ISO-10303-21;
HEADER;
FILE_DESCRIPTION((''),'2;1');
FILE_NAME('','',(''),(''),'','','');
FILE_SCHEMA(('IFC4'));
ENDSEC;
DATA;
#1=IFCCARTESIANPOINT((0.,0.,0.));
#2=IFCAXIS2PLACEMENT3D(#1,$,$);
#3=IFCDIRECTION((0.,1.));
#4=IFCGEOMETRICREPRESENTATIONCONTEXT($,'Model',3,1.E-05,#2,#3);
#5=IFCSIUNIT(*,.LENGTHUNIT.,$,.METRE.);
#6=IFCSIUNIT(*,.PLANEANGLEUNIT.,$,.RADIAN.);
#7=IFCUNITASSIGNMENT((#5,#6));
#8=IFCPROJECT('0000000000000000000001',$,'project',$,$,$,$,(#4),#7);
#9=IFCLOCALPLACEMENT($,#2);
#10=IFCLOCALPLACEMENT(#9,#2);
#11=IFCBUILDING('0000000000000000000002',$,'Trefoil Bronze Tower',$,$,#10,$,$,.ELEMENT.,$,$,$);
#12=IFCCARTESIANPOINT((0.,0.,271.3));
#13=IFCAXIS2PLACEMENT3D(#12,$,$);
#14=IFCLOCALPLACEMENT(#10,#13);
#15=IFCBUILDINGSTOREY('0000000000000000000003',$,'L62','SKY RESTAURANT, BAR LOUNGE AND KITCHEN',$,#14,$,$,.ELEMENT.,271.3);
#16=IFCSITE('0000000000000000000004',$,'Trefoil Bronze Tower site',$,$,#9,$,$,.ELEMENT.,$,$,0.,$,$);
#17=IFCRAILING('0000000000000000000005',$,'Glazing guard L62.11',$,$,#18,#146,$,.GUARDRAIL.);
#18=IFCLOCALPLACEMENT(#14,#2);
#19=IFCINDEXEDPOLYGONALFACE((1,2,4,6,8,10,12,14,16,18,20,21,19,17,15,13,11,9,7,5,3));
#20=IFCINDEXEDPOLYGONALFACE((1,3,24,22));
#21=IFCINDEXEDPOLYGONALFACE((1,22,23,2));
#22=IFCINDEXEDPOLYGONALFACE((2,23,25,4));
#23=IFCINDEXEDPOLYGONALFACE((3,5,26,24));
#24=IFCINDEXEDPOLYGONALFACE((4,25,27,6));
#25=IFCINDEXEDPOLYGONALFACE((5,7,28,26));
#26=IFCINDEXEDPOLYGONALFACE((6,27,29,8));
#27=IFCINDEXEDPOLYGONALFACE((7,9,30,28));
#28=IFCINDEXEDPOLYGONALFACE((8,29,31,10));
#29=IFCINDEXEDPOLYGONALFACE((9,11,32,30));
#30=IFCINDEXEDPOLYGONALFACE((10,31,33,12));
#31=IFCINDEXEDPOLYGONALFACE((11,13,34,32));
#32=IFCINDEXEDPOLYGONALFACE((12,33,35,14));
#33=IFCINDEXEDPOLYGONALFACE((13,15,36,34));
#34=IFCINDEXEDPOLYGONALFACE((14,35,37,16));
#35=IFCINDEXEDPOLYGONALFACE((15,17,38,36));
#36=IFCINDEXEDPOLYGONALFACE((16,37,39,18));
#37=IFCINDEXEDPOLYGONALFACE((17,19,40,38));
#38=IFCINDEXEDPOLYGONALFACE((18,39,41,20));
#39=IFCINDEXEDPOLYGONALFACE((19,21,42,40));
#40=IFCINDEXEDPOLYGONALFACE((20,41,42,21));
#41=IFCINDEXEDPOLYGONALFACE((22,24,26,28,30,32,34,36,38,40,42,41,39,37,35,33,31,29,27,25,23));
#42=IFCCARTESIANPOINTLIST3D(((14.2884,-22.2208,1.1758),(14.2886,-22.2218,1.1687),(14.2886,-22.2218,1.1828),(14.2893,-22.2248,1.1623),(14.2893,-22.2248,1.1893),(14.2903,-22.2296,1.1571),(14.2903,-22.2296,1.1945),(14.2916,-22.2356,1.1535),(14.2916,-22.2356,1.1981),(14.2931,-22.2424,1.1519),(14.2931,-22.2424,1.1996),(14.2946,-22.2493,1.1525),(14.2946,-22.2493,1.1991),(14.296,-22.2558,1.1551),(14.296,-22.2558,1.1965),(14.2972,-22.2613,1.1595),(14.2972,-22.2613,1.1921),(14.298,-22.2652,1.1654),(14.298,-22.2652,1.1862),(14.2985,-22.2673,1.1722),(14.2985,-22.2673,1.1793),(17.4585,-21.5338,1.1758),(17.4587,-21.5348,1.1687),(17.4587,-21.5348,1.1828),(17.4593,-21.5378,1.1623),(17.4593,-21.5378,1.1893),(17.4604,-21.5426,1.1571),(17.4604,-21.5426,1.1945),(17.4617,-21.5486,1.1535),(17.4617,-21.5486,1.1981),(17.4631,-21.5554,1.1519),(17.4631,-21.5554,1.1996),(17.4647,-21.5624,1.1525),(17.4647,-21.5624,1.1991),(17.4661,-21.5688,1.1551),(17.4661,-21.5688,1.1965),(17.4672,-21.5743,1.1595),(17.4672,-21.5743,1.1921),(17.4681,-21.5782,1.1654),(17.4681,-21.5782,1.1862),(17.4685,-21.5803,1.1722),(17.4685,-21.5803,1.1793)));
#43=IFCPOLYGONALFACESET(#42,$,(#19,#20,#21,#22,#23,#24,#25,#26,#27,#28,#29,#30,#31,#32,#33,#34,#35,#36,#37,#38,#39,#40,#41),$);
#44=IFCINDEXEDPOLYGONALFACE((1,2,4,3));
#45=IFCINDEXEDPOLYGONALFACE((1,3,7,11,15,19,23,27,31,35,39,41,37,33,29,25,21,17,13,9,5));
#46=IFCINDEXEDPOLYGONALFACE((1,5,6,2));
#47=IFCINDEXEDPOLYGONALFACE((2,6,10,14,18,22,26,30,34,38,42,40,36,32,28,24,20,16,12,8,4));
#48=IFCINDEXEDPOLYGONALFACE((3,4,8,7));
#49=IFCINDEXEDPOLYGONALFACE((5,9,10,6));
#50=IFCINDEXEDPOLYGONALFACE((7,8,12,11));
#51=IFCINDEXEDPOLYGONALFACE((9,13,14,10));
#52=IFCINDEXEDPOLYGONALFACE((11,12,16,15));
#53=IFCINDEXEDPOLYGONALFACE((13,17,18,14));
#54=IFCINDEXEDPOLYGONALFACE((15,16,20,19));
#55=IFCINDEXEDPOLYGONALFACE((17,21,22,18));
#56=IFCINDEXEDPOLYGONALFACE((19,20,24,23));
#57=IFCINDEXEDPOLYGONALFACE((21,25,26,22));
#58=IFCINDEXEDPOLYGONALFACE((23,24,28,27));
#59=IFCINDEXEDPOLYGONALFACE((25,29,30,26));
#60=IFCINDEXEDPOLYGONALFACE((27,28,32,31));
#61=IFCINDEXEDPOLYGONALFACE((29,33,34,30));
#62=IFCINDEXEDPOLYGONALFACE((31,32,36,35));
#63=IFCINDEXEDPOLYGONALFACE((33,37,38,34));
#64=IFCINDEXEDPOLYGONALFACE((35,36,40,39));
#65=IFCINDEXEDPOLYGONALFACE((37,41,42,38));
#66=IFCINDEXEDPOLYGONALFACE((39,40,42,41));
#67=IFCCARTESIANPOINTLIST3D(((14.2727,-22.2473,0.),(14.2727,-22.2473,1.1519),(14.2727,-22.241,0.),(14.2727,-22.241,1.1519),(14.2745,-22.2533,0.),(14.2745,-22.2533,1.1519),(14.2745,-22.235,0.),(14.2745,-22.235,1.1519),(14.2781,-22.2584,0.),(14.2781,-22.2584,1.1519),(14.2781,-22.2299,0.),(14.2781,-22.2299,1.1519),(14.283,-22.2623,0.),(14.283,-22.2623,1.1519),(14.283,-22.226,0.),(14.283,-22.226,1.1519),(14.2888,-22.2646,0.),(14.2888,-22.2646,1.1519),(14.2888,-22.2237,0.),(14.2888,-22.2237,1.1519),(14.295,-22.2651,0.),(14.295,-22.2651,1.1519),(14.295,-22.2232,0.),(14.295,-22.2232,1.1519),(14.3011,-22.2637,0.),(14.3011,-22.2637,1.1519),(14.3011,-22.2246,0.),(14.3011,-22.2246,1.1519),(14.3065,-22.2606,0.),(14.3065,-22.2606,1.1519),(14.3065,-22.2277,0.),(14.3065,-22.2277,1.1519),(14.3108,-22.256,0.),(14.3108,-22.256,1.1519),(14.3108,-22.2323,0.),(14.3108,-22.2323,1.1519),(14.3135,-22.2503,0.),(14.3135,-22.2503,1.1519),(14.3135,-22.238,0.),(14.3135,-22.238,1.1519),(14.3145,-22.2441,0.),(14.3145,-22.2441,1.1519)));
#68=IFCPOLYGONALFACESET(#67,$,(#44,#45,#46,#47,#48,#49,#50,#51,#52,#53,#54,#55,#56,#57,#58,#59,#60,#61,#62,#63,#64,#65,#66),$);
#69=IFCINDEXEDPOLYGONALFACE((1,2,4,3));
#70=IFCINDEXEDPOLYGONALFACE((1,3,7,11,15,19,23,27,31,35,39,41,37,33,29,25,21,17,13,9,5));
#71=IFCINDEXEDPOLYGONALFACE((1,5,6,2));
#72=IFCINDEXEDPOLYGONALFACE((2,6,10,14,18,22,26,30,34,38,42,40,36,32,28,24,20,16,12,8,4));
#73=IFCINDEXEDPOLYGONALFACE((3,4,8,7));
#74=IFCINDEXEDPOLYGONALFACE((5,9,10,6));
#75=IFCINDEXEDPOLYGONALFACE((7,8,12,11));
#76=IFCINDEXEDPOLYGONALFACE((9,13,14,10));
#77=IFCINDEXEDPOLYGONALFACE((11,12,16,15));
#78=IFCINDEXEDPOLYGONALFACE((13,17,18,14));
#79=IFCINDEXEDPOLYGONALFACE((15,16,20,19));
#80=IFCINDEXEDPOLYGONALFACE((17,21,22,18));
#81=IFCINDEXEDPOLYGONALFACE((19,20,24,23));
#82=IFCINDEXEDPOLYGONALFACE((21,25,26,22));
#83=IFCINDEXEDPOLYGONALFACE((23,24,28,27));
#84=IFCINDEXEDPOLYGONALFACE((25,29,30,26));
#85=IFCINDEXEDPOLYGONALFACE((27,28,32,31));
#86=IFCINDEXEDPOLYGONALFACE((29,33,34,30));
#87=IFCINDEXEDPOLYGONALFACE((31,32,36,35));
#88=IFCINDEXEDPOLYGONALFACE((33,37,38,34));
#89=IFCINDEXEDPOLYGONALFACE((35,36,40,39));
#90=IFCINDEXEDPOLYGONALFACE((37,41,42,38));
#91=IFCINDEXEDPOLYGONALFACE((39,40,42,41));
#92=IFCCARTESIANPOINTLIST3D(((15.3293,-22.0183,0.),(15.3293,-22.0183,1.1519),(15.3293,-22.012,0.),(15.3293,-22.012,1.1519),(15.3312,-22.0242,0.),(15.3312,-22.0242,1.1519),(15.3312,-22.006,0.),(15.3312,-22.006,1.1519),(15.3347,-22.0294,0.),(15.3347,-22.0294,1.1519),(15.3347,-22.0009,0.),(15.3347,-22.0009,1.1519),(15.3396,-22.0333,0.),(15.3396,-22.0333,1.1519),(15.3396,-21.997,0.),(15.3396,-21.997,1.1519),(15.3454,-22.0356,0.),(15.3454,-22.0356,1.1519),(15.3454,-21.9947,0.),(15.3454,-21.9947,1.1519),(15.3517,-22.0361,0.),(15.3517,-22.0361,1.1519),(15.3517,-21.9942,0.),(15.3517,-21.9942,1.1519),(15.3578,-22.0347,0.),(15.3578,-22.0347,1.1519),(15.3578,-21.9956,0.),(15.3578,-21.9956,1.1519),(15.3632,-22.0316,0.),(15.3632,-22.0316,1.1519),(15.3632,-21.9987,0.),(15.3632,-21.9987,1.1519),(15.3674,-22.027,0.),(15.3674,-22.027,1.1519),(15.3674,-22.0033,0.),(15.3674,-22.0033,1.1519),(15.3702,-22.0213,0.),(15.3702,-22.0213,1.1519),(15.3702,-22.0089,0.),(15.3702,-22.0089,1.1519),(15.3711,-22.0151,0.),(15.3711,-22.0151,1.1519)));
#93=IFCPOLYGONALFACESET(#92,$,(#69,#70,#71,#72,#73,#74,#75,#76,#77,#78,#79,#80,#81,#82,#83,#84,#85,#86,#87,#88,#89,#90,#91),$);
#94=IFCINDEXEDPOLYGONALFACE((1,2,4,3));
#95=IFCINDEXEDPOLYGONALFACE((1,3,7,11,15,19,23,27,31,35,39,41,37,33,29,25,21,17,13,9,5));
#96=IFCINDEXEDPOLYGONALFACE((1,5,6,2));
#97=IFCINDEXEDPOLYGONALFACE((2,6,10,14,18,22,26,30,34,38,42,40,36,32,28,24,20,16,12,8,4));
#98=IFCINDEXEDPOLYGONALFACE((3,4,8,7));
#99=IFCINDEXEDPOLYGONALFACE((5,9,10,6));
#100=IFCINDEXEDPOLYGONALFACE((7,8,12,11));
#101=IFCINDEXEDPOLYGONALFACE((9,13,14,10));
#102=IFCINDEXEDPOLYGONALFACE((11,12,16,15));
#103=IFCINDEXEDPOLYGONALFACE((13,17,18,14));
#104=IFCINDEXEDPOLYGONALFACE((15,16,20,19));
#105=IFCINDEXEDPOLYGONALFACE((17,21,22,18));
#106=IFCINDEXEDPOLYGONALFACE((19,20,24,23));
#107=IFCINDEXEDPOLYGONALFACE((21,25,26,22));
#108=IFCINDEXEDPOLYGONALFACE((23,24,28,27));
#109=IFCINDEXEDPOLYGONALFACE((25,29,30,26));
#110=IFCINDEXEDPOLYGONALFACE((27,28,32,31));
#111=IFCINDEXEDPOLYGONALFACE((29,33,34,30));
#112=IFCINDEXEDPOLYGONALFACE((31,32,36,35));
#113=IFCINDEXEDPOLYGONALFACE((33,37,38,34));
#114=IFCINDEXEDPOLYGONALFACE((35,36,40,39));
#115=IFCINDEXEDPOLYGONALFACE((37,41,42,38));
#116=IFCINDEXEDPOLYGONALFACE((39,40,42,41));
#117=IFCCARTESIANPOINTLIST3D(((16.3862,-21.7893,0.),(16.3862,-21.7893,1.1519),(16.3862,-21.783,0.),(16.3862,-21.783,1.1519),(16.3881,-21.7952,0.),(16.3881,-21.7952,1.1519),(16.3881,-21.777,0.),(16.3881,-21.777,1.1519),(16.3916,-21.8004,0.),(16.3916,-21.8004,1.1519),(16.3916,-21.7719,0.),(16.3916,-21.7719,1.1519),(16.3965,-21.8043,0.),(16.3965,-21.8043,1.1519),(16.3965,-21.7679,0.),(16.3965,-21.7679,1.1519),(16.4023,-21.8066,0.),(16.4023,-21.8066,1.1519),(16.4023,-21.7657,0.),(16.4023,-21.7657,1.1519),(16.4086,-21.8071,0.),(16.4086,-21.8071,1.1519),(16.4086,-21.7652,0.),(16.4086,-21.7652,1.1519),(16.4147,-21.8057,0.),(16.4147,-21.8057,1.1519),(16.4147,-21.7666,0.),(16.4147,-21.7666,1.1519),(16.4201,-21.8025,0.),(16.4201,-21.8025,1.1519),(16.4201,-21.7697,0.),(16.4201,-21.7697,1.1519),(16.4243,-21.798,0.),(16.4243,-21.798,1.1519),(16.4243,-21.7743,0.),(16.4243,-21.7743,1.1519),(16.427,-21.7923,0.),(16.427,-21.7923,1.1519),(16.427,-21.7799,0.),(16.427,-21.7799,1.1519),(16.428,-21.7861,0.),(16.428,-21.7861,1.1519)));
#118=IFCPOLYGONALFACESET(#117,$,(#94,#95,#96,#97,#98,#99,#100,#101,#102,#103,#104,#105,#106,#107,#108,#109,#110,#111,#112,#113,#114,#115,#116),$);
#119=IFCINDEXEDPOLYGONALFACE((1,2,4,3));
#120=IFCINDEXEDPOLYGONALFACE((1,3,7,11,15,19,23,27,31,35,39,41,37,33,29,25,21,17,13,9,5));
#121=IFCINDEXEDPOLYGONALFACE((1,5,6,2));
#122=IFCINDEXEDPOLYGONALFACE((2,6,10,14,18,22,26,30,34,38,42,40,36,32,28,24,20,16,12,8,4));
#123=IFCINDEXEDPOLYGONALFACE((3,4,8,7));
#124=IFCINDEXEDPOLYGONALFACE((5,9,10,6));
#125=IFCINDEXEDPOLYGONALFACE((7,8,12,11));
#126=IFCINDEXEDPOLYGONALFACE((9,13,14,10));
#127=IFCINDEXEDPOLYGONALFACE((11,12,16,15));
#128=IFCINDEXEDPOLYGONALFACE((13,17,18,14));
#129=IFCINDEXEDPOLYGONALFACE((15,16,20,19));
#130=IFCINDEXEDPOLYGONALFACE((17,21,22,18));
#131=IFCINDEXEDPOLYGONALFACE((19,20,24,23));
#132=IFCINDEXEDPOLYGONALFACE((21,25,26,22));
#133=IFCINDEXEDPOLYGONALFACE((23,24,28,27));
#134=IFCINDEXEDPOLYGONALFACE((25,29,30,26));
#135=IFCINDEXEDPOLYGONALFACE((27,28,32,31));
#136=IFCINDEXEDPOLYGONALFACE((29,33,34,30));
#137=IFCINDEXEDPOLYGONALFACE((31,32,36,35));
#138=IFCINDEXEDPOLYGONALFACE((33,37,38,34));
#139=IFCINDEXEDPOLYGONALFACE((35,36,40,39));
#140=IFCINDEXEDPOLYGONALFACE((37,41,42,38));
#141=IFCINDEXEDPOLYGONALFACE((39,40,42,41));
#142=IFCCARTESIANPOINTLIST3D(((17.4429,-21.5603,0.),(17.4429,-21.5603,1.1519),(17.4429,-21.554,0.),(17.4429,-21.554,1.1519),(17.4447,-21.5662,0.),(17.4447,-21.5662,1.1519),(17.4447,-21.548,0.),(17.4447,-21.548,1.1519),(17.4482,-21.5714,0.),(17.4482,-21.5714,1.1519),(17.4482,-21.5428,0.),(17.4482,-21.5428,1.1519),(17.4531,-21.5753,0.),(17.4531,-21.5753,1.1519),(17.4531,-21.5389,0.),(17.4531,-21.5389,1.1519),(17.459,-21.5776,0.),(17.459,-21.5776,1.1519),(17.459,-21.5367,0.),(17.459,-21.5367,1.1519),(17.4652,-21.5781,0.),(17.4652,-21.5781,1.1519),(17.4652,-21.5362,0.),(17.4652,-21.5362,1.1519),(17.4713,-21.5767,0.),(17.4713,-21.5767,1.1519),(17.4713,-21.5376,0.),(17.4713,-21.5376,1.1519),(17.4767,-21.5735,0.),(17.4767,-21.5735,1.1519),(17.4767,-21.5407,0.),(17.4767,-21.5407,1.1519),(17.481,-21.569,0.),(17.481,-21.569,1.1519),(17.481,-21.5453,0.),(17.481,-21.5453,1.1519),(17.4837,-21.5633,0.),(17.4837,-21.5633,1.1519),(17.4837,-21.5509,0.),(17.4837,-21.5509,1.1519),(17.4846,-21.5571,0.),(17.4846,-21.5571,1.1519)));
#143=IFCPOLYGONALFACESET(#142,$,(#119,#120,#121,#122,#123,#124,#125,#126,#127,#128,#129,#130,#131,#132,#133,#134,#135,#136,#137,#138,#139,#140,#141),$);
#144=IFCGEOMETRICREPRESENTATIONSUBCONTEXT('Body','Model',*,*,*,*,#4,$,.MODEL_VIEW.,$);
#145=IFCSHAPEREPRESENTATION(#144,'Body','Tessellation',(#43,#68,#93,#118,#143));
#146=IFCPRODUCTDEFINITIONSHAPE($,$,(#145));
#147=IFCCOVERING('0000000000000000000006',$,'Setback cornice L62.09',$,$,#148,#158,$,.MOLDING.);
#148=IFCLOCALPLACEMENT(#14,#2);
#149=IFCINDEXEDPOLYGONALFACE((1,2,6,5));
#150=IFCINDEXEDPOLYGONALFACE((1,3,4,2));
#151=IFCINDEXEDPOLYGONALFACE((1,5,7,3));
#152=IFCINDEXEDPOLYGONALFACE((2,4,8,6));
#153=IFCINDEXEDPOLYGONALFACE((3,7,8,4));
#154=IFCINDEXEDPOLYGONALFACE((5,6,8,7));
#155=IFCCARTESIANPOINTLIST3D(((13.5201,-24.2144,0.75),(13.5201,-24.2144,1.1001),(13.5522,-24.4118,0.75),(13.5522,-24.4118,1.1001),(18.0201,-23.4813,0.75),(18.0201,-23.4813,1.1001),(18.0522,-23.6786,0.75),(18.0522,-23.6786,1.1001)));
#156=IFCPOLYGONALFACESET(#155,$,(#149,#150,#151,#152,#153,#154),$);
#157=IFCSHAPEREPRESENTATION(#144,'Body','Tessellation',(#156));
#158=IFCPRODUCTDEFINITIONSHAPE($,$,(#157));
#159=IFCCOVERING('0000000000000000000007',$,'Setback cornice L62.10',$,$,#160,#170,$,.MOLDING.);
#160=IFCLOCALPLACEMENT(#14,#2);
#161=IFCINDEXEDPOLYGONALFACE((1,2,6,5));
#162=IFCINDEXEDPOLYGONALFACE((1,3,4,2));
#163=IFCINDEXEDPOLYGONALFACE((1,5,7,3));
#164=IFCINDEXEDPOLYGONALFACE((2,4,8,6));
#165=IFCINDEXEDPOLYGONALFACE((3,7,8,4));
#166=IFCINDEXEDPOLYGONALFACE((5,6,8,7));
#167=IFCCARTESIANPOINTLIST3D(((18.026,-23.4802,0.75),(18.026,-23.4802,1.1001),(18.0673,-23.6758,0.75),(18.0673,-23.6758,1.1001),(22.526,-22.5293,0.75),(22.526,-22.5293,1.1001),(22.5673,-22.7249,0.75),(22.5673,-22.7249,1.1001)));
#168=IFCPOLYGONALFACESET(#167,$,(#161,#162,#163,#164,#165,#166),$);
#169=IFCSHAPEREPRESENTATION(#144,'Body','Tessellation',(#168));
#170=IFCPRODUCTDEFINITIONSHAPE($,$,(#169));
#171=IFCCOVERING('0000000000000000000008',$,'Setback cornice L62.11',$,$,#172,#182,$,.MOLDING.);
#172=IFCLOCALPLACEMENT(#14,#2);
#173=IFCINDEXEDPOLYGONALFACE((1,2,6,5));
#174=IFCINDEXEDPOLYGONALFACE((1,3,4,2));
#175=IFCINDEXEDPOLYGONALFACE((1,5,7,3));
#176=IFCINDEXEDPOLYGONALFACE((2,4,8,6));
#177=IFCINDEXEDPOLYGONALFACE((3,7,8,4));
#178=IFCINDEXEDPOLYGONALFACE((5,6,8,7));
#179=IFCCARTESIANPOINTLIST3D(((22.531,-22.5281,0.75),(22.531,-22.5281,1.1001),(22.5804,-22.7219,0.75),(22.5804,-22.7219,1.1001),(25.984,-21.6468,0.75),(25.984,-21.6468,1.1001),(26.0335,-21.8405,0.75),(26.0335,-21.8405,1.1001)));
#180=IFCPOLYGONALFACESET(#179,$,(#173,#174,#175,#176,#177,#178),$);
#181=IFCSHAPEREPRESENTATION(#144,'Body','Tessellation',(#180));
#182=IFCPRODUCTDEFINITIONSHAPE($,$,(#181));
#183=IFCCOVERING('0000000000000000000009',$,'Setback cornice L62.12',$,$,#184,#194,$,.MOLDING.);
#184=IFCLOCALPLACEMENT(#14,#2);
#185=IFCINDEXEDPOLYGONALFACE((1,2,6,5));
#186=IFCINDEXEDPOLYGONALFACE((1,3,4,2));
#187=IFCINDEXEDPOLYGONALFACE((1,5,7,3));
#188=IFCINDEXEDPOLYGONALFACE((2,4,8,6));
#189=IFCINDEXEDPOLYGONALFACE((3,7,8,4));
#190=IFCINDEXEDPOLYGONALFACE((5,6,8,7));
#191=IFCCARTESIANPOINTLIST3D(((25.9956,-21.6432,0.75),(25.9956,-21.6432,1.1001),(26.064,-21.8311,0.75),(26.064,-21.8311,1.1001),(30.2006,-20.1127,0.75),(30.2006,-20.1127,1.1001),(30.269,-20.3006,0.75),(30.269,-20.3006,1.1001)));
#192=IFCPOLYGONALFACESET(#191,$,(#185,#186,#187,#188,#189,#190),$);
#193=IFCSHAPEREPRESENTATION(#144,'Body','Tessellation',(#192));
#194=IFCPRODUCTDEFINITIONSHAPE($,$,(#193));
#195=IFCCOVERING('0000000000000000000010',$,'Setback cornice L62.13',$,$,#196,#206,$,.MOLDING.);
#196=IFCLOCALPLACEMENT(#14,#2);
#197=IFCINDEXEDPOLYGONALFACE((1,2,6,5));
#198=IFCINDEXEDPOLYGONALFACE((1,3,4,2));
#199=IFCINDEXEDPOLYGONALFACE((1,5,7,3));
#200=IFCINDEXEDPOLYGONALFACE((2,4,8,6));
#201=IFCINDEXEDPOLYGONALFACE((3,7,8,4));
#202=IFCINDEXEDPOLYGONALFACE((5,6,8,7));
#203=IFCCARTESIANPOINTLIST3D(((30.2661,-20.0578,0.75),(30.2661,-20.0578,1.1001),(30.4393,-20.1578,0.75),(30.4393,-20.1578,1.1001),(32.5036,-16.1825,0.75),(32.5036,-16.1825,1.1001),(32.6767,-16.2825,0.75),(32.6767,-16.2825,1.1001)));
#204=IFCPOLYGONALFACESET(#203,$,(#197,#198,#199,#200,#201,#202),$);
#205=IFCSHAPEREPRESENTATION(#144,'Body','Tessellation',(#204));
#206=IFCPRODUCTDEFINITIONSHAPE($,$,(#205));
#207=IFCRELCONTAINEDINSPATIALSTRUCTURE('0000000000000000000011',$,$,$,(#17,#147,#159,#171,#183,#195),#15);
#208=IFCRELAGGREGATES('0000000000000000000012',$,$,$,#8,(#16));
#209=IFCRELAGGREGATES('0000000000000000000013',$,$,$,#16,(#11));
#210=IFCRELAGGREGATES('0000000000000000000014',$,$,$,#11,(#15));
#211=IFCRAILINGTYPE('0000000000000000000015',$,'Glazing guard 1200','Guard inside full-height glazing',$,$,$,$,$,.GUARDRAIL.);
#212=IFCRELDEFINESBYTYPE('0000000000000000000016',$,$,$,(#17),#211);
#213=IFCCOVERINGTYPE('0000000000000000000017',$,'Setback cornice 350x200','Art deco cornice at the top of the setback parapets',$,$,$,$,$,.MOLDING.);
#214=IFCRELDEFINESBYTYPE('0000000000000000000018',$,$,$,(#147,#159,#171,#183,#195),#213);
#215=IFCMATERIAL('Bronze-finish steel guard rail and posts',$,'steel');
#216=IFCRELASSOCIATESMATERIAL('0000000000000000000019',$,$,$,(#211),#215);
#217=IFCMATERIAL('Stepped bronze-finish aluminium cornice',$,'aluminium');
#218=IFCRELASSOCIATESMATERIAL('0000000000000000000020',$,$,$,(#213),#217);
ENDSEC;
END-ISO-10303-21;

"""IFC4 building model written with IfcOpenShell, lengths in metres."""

from ifc_helpers import new_model, si_unit, direction, frame, origin, origin_2d, place, context, subcontext, project, spatial, rectangle, circle, extrude, material, type_object, element, save


model = new_model("IFC4")

# Units and contexts
model_context = context("Model", 3, precision=1e-05, world=origin(), true_north=direction((0.0, 1.0)))
body_context = subcontext(model_context, "Body", "Model", "MODEL_VIEW")
ifc_project = project(units=[si_unit("LENGTHUNIT", "METRE"), si_unit("PLANEANGLEUNIT", "RADIAN")], contexts=[model_context])

# Site, building, storey
site_placement = place(None, origin())
site = spatial("IfcSite", under=ifc_project, at=site_placement, Name="Trefoil Bronze Tower site", CompositionType="ELEMENT", RefElevation=0.0)
building_placement = place(site_placement, origin())
building = spatial("IfcBuilding", under=site, at=building_placement, Name="Trefoil Bronze Tower", CompositionType="ELEMENT")
storey_placement = place(building_placement, frame((0.0, 0.0, 271.3)))
storey = spatial("IfcBuildingStorey", under=building, at=storey_placement, Name="L62", Description="SKY RESTAURANT, BAR LOUNGE AND KITCHEN", CompositionType="ELEMENT", Elevation=271.3)

# Railing
ifc_material_1 = material(Name="Bronze-finish steel guard rail and posts", Category="steel")
railing_type = type_object("IfcRailingType", Name="Glazing guard 1200", Description="Guard inside full-height glazing", PredefinedType="GUARDRAIL", material=ifc_material_1)
railing_1_placement = place(storey_placement, frame((14.2935, -22.2441, 0.0)))
element("IfcRailing", 1, at=railing_1_placement, inside=storey, type_object=railing_type, Name="Glazing guard L62.11", PredefinedType="GUARDRAIL", context=body_context, shape_type="SweptSolid", body=[
    extrude(circle(Radius=0.0239, at=origin_2d()), frame((0.0, 0.0, 1.1758), z_axis=(0.977314, 0.211795, 0.0), x_axis=(-0.211795, 0.977314, 0.0)), (0.0, 0.0, 1.0), 3.2437),
    extrude(circle(Radius=0.021, at=origin_2d()), origin(), (0.0, 0.0, 1.0), 1.1519),
    extrude(circle(Radius=0.021, at=origin_2d()), frame((1.0566, 0.229, 0.0)), (0.0, 0.0, 1.0), 1.1519),
    extrude(circle(Radius=0.021, at=origin_2d()), frame((2.1135, 0.458, 0.0)), (0.0, 0.0, 1.0), 1.1519),
    extrude(circle(Radius=0.021, at=origin_2d()), frame((3.1702, 0.687, 0.0)), (0.0, 0.0, 1.0), 1.1519),
])

# Coverings
ifc_material_2 = material(Name="Stepped bronze-finish aluminium cornice", Category="aluminium")
covering_type = type_object("IfcCoveringType", Name="Setback cornice 350x200", Description="Art deco cornice at the top of the setback parapets", PredefinedType="MOLDING", material=ifc_material_2)
covering_1_placement = place(storey_placement, frame((15.7861, -23.9465, 0.75), z_axis=(0.0, 0.0, 1.0), x_axis=(0.986987, 0.160803, 0.0)))
element("IfcCovering", 2, at=covering_1_placement, inside=storey, type_object=covering_type, Name="Setback cornice L62.09", PredefinedType="MOLDING", context=body_context, shape_type="SweptSolid", body=[
    extrude(rectangle(XDim=4.5593, YDim=0.2, at=origin_2d()), origin(), (0.0, 0.0, 1.0), 0.3501),
])
covering_2_placement = place(storey_placement, frame((20.2966, -23.1025, 0.75), z_axis=(0.0, 0.0, 1.0), x_axis=(0.978394, 0.206747, 0.0)))
element("IfcCovering", 3, at=covering_2_placement, inside=storey, type_object=covering_type, Name="Setback cornice L62.10", PredefinedType="MOLDING", context=body_context, shape_type="SweptSolid", body=[
    extrude(rectangle(XDim=4.5994, YDim=0.2, at=origin_2d()), origin(), (0.0, 0.0, 1.0), 0.3501),
])
covering_3_placement = place(storey_placement, frame((24.2822, -22.1843, 0.75), z_axis=(0.0, 0.0, 1.0), x_axis=(0.968934, 0.247319, 0.0)))
element("IfcCovering", 4, at=covering_3_placement, inside=storey, type_object=covering_type, Name="Setback cornice L62.11", PredefinedType="MOLDING", context=body_context, shape_type="SweptSolid", body=[
    extrude(rectangle(XDim=3.5637, YDim=0.2, at=origin_2d()), origin(), (0.0, 0.0, 1.0), 0.3501),
])
for number, where, z_axis, x_axis, name in (
    (5, (28.1323, -20.9719, 0.75), (0.0, 0.0, 1.0), (0.939693, 0.34202, 0.0), "Setback cornice L62.12"),
    (6, (31.4714, -18.1702, 0.75), (0.0, 0.0, 1.0), (0.5, 0.866025, 0.0), "Setback cornice L62.13"),
):
    element("IfcCovering", number, at=place(storey_placement, frame(where, z_axis=z_axis, x_axis=x_axis)), inside=storey, type_object=covering_type, Name=name, PredefinedType="MOLDING", context=body_context, shape_type="SweptSolid", body=[
        extrude(rectangle(XDim=4.4749, YDim=0.2, at=origin_2d()), origin(), (0.0, 0.0, 1.0), 0.3501),
    ])

save(model, "model.ifc")
